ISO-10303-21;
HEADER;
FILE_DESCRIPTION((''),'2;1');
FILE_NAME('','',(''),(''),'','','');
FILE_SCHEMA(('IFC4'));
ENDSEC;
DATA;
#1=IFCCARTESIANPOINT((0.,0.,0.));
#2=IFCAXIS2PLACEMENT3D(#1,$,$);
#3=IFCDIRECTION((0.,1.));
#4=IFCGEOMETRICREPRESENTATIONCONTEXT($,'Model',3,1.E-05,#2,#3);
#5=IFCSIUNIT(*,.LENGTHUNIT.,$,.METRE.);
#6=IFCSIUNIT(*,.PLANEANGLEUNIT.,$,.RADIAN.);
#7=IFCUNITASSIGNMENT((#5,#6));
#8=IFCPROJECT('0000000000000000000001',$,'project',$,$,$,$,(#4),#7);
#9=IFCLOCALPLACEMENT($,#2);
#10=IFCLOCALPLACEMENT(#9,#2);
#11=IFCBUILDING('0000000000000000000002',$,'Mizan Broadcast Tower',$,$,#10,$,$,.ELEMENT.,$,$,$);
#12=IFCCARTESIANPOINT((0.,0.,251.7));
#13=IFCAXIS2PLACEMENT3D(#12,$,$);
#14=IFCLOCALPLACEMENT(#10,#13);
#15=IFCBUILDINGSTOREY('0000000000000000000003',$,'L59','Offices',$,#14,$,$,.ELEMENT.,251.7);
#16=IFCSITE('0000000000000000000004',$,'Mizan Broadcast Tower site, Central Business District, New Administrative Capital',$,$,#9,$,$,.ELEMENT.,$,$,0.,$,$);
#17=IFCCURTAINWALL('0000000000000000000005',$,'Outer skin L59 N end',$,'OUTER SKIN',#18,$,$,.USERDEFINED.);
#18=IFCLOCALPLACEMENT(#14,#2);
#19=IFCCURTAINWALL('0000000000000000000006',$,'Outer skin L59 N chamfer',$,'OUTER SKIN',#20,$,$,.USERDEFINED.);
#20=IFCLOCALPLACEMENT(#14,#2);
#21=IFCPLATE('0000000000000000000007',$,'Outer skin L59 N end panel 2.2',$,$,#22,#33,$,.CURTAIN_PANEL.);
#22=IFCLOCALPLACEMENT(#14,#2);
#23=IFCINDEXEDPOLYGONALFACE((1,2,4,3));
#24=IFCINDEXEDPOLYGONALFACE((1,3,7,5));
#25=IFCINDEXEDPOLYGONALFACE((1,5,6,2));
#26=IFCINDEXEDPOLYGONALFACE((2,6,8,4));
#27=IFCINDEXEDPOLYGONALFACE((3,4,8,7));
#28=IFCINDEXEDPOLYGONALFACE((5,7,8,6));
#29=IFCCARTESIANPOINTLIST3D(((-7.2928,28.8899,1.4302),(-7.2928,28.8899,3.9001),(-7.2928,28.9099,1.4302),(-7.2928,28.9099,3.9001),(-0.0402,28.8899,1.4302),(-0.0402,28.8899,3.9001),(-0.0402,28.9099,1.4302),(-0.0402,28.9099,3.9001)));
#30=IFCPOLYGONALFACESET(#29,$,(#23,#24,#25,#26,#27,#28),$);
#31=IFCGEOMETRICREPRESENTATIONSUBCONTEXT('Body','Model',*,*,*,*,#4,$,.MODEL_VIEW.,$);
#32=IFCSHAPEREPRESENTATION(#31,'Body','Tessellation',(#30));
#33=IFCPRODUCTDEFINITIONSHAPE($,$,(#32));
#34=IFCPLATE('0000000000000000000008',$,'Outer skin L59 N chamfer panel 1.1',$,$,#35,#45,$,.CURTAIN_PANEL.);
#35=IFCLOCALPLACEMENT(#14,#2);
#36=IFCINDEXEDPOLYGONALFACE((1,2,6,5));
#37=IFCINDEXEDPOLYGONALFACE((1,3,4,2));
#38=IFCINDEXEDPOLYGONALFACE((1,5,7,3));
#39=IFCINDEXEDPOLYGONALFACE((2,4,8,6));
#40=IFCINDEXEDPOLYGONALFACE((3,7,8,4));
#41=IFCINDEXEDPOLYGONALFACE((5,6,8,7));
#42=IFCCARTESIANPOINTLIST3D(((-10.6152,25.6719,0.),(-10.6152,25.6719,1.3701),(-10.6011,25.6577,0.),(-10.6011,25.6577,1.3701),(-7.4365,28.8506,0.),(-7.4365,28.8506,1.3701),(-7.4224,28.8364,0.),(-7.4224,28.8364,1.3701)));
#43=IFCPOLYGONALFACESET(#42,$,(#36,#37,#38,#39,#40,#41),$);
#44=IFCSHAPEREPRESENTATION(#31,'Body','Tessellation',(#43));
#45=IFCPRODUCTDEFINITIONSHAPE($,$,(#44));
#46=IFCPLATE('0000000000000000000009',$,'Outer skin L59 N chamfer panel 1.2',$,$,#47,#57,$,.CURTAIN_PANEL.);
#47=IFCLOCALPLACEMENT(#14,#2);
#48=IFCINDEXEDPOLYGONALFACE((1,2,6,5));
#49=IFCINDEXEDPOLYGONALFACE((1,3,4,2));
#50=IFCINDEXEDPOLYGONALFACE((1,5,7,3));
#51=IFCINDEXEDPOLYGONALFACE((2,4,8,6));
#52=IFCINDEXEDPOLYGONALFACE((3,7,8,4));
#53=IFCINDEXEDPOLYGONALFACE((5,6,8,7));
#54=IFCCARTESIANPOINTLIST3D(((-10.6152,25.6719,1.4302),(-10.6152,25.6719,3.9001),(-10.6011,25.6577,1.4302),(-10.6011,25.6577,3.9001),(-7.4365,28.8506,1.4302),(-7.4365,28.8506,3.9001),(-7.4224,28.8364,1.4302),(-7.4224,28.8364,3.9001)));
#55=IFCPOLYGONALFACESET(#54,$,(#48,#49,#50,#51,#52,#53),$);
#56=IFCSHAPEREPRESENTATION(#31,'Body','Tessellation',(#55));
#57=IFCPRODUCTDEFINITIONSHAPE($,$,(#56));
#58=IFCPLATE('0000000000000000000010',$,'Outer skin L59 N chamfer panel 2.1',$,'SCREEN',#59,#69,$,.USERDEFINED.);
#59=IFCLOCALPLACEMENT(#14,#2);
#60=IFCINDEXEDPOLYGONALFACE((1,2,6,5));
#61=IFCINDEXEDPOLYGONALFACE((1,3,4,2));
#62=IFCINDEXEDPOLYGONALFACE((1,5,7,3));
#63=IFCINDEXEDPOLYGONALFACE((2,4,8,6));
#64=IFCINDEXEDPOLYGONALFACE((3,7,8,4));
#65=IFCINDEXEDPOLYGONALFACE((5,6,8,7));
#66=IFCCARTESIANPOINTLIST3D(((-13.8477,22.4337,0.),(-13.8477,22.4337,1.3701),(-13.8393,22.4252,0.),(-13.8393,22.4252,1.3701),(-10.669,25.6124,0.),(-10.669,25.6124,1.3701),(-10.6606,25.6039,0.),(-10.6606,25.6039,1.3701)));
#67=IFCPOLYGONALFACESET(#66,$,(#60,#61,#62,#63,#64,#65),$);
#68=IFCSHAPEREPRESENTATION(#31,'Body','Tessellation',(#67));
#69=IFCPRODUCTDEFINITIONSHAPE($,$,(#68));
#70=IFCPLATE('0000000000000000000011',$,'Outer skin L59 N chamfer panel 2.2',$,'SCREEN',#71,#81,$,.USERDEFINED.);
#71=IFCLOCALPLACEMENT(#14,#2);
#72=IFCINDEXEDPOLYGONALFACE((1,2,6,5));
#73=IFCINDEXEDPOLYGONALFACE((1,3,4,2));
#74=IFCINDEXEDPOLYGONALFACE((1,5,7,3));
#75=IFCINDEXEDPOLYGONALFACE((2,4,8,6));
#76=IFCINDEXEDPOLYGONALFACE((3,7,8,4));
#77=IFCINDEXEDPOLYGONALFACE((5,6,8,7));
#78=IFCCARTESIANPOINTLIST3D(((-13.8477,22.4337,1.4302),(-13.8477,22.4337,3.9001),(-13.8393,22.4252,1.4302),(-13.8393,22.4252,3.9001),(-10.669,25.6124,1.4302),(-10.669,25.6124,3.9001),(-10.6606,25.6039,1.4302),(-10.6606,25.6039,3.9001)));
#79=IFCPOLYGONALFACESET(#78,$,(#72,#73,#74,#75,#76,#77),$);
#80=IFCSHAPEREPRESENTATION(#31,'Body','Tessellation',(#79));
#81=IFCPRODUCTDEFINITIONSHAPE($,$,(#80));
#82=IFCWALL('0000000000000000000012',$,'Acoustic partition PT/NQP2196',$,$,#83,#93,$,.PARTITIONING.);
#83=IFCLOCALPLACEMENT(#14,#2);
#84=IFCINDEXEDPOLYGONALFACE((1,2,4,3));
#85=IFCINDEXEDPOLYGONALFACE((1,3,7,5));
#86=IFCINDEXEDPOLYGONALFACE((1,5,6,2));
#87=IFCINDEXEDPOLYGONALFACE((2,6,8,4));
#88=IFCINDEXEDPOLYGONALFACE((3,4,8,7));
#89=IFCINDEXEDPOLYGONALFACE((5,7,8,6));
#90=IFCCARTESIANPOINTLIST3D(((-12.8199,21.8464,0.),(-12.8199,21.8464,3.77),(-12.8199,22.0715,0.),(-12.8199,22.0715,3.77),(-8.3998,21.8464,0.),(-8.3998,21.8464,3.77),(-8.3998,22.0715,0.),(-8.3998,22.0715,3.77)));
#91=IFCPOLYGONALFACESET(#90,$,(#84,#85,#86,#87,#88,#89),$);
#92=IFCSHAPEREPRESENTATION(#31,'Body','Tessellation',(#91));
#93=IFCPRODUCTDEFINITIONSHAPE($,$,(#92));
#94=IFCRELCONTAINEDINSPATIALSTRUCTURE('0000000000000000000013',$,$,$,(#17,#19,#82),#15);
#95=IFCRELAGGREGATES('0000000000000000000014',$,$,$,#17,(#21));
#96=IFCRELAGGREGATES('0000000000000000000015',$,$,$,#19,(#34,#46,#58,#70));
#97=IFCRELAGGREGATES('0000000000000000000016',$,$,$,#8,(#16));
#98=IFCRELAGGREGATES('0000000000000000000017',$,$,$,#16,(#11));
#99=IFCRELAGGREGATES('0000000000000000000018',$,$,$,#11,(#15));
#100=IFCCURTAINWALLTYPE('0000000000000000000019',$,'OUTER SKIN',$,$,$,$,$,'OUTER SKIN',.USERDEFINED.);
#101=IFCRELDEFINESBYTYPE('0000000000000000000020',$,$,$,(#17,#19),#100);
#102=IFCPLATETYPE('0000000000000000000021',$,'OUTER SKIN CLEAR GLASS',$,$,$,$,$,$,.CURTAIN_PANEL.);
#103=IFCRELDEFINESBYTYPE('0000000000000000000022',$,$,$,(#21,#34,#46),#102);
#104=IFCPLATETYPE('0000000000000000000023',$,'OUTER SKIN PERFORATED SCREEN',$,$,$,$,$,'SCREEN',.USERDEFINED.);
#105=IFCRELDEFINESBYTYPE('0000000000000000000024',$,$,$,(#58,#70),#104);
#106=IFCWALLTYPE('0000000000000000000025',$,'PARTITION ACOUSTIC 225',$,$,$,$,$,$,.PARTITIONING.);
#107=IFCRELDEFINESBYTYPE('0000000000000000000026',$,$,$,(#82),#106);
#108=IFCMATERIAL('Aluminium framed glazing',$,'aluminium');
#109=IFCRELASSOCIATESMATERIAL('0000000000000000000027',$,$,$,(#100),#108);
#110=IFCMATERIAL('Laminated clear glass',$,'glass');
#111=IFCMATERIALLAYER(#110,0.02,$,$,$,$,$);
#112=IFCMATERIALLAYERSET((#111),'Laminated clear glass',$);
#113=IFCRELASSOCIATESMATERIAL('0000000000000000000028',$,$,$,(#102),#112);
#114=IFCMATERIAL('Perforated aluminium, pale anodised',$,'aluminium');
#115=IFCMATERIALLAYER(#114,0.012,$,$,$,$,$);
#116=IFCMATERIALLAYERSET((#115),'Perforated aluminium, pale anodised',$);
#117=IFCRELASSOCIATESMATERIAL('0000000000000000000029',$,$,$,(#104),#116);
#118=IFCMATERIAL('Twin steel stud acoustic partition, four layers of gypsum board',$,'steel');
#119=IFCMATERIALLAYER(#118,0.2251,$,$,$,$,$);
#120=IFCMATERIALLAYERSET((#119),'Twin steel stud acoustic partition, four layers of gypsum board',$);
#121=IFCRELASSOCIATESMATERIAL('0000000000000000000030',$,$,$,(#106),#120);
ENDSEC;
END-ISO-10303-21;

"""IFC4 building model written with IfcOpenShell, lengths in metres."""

from ifc_helpers import new_model, si_unit, direction, frame, frame_2d, origin, origin_2d, place, context, subcontext, project, spatial, rectangle, extrude, material, layer, layer_set, type_object, element, aggregate, save


model = new_model("IFC4")

# Units and contexts
model_context = context("Model", 3, precision=1e-05, world=origin(), true_north=direction((0.0, 1.0)))
body_context = subcontext(model_context, "Body", "Model", "MODEL_VIEW")
ifc_project = project(units=[si_unit("LENGTHUNIT", "METRE"), si_unit("PLANEANGLEUNIT", "RADIAN")], contexts=[model_context])

# Site, building, storey
site_placement = place(None, origin())
site = spatial("IfcSite", under=ifc_project, at=site_placement, Name="Mizan Broadcast Tower site, Central Business District, New Administrative Capital", CompositionType="ELEMENT", RefElevation=0.0)
building_placement = place(site_placement, origin())
building = spatial("IfcBuilding", under=site, at=building_placement, Name="Mizan Broadcast Tower", CompositionType="ELEMENT")
storey_placement = place(building_placement, frame((0.0, 0.0, 251.7)))
storey = spatial("IfcBuildingStorey", under=building, at=storey_placement, Name="L59", Description="Offices", CompositionType="ELEMENT", Elevation=251.7)

# Curtain walls
ifc_material_1 = material(Name="Aluminium framed glazing", Category="aluminium")
curtain_wall_type_1 = type_object("IfcCurtainWallType", Name="OUTER SKIN", ElementType="OUTER SKIN", PredefinedType="USERDEFINED", material=ifc_material_1)
curtain_wall_1_placement = place(storey_placement, origin())
curtain_wall_1 = element("IfcCurtainWall", 1, at=curtain_wall_1_placement, inside=storey, type_object=curtain_wall_type_1, Name="Outer skin L59 N end", ObjectType="OUTER SKIN", PredefinedType="USERDEFINED")
curtain_wall_2_placement = place(storey_placement, origin())
curtain_wall_2 = element("IfcCurtainWall", 2, at=curtain_wall_2_placement, inside=storey, type_object=curtain_wall_type_1, Name="Outer skin L59 N chamfer", ObjectType="OUTER SKIN", PredefinedType="USERDEFINED")

# Plates
ifc_material_2 = material(Name="Laminated clear glass", Category="glass")
ifc_layer_1 = layer(ifc_material_2, 0.02)
ifc_layer_set_1 = layer_set([ifc_layer_1], Name="Laminated clear glass")
plate_type_1 = type_object("IfcPlateType", Name="OUTER SKIN CLEAR GLASS", PredefinedType="CURTAIN_PANEL", material=ifc_layer_set_1)
plate_1_placement = place(storey_placement, frame((-3.6665, 28.8999, 1.4302), z_axis=(0.0, 0.0, 1.0), x_axis=(-1.0, 0.0, 0.0)))
plate_1 = element("IfcPlate", 3, at=plate_1_placement, type_object=plate_type_1, Name="Outer skin L59 N end panel 2.2", PredefinedType="CURTAIN_PANEL", context=body_context, shape_type="SweptSolid", body=[
    extrude(rectangle(XDim=7.2527, YDim=0.02, at=origin_2d()), origin(), (0.0, 0.0, 1.0), 2.47),
])
aggregate(curtain_wall_1, [plate_1])
plate_2_placement = place(storey_placement, frame((-9.0188, 27.2542, 0.0), z_axis=(0.0, 0.0, 1.0), x_axis=(-0.707107, -0.707107, 0.0)))
plate_2 = element("IfcPlate", 4, at=plate_2_placement, type_object=plate_type_1, Name="Outer skin L59 N chamfer panel 1.1", PredefinedType="CURTAIN_PANEL", context=body_context, shape_type="SweptSolid", body=[
    extrude(rectangle(XDim=4.4954, YDim=0.02, at=origin_2d()), origin(), (0.0, 0.0, 1.0), 1.3701),
])
plate_3_placement = place(storey_placement, frame((-9.0188, 27.2542, 1.4302), z_axis=(0.0, 0.0, 1.0), x_axis=(-0.707107, -0.707107, 0.0)))
plate_3 = element("IfcPlate", 5, at=plate_3_placement, type_object=plate_type_1, Name="Outer skin L59 N chamfer panel 1.2", PredefinedType="CURTAIN_PANEL", context=body_context, shape_type="SweptSolid", body=[
    extrude(rectangle(XDim=4.4954, YDim=0.02, at=origin_2d()), origin(), (0.0, 0.0, 1.0), 2.47),
])
ifc_material_3 = material(Name="Perforated aluminium, pale anodised", Category="aluminium")
ifc_layer_2 = layer(ifc_material_3, 0.012)
ifc_layer_set_2 = layer_set([ifc_layer_2], Name="Perforated aluminium, pale anodised")
plate_type_2 = type_object("IfcPlateType", Name="OUTER SKIN PERFORATED SCREEN", ElementType="SCREEN", PredefinedType="USERDEFINED", material=ifc_layer_set_2)
plate_4_placement = place(storey_placement, frame((-12.2542, 24.0188, 0.0), z_axis=(0.0, 0.0, 1.0), x_axis=(-0.707107, -0.707107, 0.0)))
plate_4 = element("IfcPlate", 6, at=plate_4_placement, type_object=plate_type_2, Name="Outer skin L59 N chamfer panel 2.1", ObjectType="SCREEN", PredefinedType="USERDEFINED", context=body_context, shape_type="SweptSolid", body=[
    extrude(rectangle(XDim=4.4954, YDim=0.012, at=origin_2d()), origin(), (0.0, 0.0, 1.0), 1.3701),
])
plate_5_placement = place(storey_placement, frame((-12.2542, 24.0188, 1.4302), z_axis=(0.0, 0.0, 1.0), x_axis=(-0.707107, -0.707107, 0.0)))
plate_5 = element("IfcPlate", 7, at=plate_5_placement, type_object=plate_type_2, Name="Outer skin L59 N chamfer panel 2.2", ObjectType="SCREEN", PredefinedType="USERDEFINED", context=body_context, shape_type="SweptSolid", body=[
    extrude(rectangle(XDim=4.4954, YDim=0.012, at=origin_2d()), origin(), (0.0, 0.0, 1.0), 2.47),
])
aggregate(curtain_wall_2, [plate_2, plate_3, plate_4, plate_5])

# Wall
ifc_material_4 = material(Name="Twin steel stud acoustic partition, four layers of gypsum board", Category="steel")
ifc_layer_3 = layer(ifc_material_4, 0.2251)
ifc_layer_set_3 = layer_set([ifc_layer_3], Name="Twin steel stud acoustic partition, four layers of gypsum board")
wall_type = type_object("IfcWallType", Name="PARTITION ACOUSTIC 225", PredefinedType="PARTITIONING", material=ifc_layer_set_3)
wall_placement = place(storey_placement, frame((-8.3999, 21.959, 0.0), z_axis=(0.0, 0.0, 1.0), x_axis=(-1.0, 0.0, 0.0)))
element("IfcWall", 8, at=wall_placement, inside=storey, type_object=wall_type, Name="Acoustic partition PT/NQP2196", PredefinedType="PARTITIONING", context=body_context, shape_type="SweptSolid", body=[
    extrude(rectangle(XDim=4.4202, YDim=0.2251, at=frame_2d((2.21, 0.0))), origin(), (0.0, 0.0, 1.0), 3.77),
])

save(model, "model.ifc")
